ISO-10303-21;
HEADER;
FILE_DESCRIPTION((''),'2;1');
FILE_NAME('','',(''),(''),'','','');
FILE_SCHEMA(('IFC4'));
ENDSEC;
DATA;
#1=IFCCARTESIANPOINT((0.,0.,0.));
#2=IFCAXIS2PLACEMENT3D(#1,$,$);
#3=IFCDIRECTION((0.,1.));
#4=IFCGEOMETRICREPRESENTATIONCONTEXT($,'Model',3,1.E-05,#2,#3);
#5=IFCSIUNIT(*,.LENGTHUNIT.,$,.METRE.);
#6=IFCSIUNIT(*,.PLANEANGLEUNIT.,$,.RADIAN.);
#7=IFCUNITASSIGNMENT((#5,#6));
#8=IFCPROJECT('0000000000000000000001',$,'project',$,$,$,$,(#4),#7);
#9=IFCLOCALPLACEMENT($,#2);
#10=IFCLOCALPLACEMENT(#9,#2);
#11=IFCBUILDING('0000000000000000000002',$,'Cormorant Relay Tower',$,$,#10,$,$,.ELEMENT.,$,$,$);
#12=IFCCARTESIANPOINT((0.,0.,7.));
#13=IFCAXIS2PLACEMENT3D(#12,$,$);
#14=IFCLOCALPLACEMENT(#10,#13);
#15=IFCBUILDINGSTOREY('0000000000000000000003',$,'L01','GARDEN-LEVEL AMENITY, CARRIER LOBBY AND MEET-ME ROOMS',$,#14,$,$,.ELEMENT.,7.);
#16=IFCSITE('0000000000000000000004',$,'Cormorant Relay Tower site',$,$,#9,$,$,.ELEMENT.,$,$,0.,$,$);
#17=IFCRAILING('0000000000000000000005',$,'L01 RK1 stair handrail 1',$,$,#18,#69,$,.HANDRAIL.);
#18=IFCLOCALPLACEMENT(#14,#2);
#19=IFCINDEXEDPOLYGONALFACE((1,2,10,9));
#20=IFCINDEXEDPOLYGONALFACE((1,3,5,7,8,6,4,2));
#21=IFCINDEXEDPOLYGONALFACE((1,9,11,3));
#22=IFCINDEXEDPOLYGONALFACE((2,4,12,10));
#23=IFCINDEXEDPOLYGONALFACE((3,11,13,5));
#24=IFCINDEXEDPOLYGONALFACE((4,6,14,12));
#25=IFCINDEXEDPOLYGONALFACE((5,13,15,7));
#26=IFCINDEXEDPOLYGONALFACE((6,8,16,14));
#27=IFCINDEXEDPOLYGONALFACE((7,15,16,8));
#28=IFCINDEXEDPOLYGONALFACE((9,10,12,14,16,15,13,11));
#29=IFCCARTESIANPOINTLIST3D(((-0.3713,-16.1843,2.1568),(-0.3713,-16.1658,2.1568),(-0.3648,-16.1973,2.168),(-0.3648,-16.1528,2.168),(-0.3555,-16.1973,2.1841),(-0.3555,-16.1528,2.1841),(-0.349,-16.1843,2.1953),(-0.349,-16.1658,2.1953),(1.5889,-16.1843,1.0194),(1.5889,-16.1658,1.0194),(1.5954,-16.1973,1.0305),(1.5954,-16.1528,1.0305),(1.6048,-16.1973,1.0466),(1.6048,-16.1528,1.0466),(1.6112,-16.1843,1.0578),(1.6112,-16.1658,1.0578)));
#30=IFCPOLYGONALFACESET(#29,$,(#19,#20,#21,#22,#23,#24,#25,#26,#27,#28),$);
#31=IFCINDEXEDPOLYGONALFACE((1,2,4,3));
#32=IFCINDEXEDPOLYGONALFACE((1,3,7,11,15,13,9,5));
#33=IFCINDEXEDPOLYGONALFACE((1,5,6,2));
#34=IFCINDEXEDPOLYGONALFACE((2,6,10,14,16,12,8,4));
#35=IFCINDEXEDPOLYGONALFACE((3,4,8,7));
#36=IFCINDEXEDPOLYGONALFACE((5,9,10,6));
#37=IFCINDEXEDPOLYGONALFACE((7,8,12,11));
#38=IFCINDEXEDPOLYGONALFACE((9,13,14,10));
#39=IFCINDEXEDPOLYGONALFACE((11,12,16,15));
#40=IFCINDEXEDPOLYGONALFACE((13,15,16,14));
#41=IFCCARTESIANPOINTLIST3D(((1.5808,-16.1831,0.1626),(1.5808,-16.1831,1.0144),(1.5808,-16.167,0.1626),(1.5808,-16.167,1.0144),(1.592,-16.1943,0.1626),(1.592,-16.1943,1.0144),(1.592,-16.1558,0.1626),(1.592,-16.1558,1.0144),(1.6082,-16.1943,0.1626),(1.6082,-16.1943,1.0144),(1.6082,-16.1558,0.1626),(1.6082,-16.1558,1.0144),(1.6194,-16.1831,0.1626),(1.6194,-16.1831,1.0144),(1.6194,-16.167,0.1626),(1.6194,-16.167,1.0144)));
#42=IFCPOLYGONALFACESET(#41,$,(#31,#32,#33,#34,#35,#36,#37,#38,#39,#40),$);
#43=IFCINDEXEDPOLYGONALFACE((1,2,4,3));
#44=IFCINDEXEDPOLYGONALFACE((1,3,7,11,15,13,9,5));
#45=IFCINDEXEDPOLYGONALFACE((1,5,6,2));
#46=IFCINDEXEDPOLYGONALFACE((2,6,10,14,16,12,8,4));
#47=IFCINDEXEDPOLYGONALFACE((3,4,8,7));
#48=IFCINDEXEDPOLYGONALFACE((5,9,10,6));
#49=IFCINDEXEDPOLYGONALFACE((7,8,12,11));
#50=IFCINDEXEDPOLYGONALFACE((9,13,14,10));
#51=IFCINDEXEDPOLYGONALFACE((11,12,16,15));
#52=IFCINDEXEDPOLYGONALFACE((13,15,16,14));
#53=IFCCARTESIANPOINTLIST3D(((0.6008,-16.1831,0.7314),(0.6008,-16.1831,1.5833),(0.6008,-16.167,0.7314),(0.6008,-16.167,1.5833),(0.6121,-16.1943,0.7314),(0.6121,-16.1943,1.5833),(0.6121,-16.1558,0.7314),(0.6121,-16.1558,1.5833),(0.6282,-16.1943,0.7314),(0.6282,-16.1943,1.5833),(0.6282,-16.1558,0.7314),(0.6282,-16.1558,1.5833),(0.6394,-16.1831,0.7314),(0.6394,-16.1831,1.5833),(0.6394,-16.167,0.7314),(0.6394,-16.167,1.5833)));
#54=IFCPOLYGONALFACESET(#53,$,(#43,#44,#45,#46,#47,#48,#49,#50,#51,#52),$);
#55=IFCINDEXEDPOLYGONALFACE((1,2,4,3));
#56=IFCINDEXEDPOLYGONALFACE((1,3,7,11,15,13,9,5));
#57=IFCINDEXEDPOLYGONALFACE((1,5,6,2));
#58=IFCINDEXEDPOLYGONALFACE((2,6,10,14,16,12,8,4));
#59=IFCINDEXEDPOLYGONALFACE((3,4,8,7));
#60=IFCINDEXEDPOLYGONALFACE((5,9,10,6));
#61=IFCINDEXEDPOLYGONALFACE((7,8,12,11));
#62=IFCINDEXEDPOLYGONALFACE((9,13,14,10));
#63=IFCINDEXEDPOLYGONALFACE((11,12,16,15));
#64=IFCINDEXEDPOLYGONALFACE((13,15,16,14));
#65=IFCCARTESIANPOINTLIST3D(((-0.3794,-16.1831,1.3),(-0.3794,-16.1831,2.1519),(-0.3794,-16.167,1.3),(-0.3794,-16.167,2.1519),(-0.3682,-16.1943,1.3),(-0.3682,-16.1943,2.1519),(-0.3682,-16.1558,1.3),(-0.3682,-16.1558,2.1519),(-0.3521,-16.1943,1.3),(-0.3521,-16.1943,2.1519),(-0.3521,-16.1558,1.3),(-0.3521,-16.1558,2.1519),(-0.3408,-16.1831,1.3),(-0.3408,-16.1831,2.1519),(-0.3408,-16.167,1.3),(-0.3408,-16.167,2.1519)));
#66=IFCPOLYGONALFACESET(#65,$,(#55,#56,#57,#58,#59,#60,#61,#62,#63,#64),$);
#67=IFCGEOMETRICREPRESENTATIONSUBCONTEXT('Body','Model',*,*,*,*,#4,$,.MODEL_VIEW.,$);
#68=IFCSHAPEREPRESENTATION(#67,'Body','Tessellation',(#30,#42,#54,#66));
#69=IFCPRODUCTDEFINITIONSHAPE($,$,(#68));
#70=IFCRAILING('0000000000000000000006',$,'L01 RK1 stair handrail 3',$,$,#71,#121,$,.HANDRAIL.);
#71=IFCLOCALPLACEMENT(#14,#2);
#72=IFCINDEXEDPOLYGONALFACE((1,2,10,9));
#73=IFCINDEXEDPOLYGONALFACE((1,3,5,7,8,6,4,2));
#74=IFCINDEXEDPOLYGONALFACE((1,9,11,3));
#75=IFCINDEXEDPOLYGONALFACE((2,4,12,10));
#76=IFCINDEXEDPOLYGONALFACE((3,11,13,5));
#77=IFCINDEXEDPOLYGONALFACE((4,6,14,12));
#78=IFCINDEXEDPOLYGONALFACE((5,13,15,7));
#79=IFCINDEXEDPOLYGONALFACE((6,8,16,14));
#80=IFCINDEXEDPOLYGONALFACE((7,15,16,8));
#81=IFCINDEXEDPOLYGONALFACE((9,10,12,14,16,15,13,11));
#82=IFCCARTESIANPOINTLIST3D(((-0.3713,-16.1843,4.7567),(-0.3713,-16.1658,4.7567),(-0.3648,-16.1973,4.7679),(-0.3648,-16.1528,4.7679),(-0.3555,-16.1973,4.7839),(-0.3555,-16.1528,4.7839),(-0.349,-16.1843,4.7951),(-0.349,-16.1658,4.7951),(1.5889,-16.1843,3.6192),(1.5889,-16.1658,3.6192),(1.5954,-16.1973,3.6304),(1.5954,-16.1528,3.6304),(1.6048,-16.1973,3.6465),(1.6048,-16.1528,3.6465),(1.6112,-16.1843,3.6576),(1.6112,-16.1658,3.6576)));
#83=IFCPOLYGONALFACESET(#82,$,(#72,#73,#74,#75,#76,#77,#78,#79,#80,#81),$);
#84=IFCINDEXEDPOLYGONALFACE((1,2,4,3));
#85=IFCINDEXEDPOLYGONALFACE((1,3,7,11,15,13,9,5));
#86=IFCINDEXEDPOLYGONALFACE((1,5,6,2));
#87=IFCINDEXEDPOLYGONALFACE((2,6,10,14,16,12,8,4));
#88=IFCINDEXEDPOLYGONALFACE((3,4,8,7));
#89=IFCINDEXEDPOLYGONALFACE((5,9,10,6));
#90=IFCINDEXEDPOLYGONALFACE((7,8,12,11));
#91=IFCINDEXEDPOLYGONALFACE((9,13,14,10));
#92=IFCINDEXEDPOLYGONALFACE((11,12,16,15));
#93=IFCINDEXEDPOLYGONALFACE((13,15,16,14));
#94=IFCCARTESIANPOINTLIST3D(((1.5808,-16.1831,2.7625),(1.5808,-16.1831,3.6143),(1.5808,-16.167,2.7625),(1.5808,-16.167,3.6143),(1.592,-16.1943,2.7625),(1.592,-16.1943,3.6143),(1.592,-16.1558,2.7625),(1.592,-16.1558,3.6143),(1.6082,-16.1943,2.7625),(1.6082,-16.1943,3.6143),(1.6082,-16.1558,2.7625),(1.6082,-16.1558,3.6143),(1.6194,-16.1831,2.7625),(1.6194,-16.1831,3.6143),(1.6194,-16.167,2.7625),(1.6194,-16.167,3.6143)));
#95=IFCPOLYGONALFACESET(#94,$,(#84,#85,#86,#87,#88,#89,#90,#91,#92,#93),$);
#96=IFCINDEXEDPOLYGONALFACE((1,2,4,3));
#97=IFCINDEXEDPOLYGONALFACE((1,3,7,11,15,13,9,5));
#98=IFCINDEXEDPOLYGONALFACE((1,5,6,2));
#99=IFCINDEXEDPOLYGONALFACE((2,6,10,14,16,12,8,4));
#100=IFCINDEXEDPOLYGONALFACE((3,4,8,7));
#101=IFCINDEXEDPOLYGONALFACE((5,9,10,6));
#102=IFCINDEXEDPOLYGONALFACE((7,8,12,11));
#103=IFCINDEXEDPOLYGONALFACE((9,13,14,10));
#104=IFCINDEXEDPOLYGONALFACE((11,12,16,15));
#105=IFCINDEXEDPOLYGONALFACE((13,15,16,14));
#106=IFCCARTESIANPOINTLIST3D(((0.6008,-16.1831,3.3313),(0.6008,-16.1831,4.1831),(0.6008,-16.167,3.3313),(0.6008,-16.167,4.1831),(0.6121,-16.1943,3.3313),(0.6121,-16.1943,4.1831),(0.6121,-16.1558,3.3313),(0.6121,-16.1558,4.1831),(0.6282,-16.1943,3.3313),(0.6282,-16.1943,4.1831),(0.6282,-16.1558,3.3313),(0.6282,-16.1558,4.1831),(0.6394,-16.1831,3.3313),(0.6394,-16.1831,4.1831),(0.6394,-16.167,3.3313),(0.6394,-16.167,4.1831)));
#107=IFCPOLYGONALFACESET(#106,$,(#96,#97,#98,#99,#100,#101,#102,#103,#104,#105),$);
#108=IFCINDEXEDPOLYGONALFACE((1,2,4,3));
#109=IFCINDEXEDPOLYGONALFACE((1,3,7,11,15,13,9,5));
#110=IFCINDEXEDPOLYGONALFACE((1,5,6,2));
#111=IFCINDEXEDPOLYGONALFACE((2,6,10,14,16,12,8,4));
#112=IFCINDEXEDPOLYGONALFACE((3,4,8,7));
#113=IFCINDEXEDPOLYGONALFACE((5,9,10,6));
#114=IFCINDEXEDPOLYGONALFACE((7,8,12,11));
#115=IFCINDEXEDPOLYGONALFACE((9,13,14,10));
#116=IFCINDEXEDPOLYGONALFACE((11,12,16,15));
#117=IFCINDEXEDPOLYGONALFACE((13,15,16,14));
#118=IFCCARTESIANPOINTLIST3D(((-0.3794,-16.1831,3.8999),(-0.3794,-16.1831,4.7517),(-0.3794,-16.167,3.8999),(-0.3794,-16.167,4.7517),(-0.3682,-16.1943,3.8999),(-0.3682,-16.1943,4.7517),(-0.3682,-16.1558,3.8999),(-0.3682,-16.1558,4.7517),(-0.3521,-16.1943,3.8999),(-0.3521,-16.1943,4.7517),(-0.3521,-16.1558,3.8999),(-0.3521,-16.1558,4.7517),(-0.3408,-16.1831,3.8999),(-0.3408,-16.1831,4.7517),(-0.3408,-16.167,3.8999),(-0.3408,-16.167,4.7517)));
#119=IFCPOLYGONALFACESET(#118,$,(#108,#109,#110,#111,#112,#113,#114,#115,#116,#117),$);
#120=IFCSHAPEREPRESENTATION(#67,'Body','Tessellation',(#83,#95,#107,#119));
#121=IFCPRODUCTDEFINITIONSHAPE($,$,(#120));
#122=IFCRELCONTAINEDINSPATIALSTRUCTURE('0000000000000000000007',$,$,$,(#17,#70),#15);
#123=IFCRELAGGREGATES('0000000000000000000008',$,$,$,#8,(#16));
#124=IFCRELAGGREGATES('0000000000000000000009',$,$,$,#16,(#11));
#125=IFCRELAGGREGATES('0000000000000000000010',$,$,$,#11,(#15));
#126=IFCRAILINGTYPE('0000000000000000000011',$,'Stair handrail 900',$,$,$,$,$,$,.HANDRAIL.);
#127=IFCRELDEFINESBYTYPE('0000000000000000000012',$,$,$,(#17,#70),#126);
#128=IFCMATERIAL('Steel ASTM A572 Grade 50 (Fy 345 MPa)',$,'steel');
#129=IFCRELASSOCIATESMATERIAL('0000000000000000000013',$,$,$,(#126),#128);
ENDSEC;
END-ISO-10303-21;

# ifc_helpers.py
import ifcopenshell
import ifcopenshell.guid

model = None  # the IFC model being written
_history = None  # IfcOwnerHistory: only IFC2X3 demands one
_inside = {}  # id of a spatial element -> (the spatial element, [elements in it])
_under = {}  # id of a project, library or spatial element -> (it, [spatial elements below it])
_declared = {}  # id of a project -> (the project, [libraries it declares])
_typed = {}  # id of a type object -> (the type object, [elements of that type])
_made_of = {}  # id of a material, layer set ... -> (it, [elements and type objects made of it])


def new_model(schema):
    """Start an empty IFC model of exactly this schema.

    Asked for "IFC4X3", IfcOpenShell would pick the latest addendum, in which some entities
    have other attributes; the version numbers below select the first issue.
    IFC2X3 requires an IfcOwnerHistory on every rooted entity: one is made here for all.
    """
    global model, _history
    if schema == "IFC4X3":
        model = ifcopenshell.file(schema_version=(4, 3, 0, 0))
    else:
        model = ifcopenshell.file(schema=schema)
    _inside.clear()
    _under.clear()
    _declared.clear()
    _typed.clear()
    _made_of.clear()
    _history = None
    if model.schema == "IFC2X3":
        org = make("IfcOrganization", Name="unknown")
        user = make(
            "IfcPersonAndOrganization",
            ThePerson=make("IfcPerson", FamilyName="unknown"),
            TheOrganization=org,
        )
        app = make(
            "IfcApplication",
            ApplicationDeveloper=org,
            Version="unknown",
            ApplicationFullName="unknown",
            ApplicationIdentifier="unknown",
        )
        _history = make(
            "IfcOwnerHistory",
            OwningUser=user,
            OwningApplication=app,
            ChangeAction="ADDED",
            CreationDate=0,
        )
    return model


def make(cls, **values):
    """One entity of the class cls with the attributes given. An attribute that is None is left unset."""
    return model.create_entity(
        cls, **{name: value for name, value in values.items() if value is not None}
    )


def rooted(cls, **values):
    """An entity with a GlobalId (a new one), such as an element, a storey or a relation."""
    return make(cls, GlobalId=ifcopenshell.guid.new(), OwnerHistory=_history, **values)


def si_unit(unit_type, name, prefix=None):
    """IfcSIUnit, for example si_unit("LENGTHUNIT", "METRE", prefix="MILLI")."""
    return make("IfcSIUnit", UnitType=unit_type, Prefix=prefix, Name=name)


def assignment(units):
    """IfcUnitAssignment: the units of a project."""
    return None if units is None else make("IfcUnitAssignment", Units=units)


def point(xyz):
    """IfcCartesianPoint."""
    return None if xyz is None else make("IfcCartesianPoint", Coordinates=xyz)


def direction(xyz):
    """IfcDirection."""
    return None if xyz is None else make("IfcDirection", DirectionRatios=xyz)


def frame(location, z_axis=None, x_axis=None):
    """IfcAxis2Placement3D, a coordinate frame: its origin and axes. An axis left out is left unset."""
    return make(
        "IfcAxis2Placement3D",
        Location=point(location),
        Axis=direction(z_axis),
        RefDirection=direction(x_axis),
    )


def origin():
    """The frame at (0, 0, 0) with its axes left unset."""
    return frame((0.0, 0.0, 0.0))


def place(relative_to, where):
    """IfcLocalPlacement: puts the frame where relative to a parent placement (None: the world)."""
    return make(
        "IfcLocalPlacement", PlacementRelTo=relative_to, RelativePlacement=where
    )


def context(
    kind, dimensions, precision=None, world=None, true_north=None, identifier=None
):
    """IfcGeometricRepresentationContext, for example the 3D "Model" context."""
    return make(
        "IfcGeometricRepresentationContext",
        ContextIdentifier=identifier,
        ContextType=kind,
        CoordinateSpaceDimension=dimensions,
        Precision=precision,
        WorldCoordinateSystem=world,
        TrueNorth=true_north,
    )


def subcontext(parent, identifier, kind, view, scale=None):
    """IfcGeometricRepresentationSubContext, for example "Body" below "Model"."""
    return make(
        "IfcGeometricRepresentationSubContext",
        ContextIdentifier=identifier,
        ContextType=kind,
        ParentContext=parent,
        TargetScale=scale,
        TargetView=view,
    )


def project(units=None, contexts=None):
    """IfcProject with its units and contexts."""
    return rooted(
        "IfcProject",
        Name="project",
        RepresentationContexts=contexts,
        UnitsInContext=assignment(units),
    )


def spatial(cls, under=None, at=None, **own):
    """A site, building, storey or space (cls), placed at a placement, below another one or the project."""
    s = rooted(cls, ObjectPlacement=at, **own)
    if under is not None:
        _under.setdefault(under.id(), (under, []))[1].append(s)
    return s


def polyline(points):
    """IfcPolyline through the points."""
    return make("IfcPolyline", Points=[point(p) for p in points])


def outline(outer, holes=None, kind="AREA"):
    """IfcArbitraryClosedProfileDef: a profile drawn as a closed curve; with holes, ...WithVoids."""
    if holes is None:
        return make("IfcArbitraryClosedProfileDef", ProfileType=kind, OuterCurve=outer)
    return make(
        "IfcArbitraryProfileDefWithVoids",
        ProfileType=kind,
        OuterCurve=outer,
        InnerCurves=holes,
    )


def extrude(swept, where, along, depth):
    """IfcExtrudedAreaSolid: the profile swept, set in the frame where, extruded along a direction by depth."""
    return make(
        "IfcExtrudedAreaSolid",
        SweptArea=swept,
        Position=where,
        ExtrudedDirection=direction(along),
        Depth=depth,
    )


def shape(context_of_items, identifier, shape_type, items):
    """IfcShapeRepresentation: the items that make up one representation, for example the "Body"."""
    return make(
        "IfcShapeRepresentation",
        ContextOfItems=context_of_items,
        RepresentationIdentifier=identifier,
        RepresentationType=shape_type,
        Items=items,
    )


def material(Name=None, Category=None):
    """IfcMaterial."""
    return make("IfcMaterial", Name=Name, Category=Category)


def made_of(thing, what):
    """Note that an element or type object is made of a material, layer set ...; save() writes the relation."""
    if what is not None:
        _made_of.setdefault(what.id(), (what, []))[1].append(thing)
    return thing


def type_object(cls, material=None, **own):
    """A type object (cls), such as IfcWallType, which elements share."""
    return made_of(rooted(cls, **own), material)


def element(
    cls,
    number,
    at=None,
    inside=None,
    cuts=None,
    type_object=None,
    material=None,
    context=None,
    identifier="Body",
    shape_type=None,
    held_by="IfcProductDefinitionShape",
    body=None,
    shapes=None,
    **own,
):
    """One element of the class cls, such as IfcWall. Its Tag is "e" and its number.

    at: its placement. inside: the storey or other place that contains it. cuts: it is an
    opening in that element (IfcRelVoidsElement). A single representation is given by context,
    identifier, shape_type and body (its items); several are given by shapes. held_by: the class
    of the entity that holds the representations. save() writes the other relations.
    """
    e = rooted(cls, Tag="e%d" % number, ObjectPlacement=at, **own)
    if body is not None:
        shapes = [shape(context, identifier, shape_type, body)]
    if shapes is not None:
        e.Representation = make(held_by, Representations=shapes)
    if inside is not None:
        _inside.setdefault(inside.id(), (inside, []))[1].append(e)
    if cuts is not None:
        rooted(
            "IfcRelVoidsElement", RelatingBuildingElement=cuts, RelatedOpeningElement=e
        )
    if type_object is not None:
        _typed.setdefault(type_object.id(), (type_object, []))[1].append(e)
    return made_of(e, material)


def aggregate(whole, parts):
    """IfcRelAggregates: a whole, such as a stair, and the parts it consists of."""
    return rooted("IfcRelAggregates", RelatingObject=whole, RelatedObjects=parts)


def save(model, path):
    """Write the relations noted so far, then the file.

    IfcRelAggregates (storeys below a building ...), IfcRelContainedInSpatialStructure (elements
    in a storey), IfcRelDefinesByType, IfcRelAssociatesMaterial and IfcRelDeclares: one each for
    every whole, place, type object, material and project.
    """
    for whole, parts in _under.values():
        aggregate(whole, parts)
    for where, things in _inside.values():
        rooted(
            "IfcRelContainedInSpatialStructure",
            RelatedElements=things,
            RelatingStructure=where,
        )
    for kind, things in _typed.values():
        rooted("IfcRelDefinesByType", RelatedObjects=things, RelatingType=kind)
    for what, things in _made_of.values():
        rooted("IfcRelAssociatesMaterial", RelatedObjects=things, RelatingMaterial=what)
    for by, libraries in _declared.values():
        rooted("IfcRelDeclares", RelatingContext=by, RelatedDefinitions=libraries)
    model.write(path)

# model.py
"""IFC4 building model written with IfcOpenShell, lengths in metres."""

from ifc_helpers import new_model, si_unit, direction, frame, origin, place, context, subcontext, project, spatial, polyline, outline, extrude, material, type_object, element, save


model = new_model("IFC4")

# Units and contexts
model_context = context("Model", 3, precision=1e-05, world=origin(), true_north=direction((0.0, 1.0)))
body_context = subcontext(model_context, "Body", "Model", "MODEL_VIEW")
ifc_project = project(units=[si_unit("LENGTHUNIT", "METRE"), si_unit("PLANEANGLEUNIT", "RADIAN")], contexts=[model_context])

# Site, building, storey
site_placement = place(None, origin())
site = spatial("IfcSite", under=ifc_project, at=site_placement, Name="Cormorant Relay Tower site", CompositionType="ELEMENT", RefElevation=0.0)
building_placement = place(site_placement, origin())
building = spatial("IfcBuilding", under=site, at=building_placement, Name="Cormorant Relay Tower", CompositionType="ELEMENT")
storey_placement = place(building_placement, frame((0.0, 0.0, 7.0)))
storey = spatial("IfcBuildingStorey", under=building, at=storey_placement, Name="L01", Description="GARDEN-LEVEL AMENITY, CARRIER LOBBY AND MEET-ME ROOMS", CompositionType="ELEMENT", Elevation=7.0)

# Railings
ifc_material_1 = material(Name="Steel ASTM A572 Grade 50 (Fy 345 MPa)", Category="steel")
railing_type_1 = type_object("IfcRailingType", Name="Stair handrail 900", PredefinedType="HANDRAIL", material=ifc_material_1)
for number, where, name in (
    (1, (1.6001, -16.175, 0.1626), "L01 RK1 stair handrail 1"),
    (2, (1.6001, -16.175, 2.7625), "L01 RK1 stair handrail 3"),
):
    element("IfcRailing", number, at=place(storey_placement, frame(where)), inside=storey, type_object=railing_type_1, Name=name, PredefinedType="HANDRAIL", context=body_context, shape_type="SweptSolid", body=[
        extrude(outline(polyline([(0.0222, 0.0093), (0.0093, 0.0222), (-0.0093, 0.0222), (-0.0222, 0.0093), (-0.0222, -0.0093), (-0.0093, -0.0222), (0.0093, -0.0222), (0.0222, -0.0093), (0.0222, 0.0093)])), frame((0.0, 0.0, 0.876), z_axis=(-0.864929, 0.0, 0.501894), x_axis=(0.0, -1.0, 0.0)), (0.0, 0.0, 1.0), 2.2664),
        extrude(outline(polyline([(0.0193, 0.0081), (0.0081, 0.0193), (-0.0081, 0.0193), (-0.0193, 0.0081), (-0.0193, -0.0081), (-0.0081, -0.0193), (0.0081, -0.0193), (0.0193, -0.0081), (0.0193, 0.0081)])), origin(), (0.0, 0.0, 1.0), 0.8518),
        extrude(outline(polyline([(0.0193, 0.0081), (0.0081, 0.0193), (-0.0081, 0.0193), (-0.0193, 0.0081), (-0.0193, -0.0081), (-0.0081, -0.0193), (0.0081, -0.0193), (0.0193, -0.0081), (0.0193, 0.0081)])), frame((-0.98, 0.0, 0.5688)), (0.0, 0.0, 1.0), 0.8518),
        extrude(outline(polyline([(0.0193, 0.0081), (0.0081, 0.0193), (-0.0081, 0.0193), (-0.0193, 0.0081), (-0.0193, -0.0081), (-0.0081, -0.0193), (0.0081, -0.0193), (0.0193, -0.0081), (0.0193, 0.0081)])), frame((-1.9602, 0.0, 1.1375)), (0.0, 0.0, 1.0), 0.8518),
    ])

save(model, "model.ifc")
